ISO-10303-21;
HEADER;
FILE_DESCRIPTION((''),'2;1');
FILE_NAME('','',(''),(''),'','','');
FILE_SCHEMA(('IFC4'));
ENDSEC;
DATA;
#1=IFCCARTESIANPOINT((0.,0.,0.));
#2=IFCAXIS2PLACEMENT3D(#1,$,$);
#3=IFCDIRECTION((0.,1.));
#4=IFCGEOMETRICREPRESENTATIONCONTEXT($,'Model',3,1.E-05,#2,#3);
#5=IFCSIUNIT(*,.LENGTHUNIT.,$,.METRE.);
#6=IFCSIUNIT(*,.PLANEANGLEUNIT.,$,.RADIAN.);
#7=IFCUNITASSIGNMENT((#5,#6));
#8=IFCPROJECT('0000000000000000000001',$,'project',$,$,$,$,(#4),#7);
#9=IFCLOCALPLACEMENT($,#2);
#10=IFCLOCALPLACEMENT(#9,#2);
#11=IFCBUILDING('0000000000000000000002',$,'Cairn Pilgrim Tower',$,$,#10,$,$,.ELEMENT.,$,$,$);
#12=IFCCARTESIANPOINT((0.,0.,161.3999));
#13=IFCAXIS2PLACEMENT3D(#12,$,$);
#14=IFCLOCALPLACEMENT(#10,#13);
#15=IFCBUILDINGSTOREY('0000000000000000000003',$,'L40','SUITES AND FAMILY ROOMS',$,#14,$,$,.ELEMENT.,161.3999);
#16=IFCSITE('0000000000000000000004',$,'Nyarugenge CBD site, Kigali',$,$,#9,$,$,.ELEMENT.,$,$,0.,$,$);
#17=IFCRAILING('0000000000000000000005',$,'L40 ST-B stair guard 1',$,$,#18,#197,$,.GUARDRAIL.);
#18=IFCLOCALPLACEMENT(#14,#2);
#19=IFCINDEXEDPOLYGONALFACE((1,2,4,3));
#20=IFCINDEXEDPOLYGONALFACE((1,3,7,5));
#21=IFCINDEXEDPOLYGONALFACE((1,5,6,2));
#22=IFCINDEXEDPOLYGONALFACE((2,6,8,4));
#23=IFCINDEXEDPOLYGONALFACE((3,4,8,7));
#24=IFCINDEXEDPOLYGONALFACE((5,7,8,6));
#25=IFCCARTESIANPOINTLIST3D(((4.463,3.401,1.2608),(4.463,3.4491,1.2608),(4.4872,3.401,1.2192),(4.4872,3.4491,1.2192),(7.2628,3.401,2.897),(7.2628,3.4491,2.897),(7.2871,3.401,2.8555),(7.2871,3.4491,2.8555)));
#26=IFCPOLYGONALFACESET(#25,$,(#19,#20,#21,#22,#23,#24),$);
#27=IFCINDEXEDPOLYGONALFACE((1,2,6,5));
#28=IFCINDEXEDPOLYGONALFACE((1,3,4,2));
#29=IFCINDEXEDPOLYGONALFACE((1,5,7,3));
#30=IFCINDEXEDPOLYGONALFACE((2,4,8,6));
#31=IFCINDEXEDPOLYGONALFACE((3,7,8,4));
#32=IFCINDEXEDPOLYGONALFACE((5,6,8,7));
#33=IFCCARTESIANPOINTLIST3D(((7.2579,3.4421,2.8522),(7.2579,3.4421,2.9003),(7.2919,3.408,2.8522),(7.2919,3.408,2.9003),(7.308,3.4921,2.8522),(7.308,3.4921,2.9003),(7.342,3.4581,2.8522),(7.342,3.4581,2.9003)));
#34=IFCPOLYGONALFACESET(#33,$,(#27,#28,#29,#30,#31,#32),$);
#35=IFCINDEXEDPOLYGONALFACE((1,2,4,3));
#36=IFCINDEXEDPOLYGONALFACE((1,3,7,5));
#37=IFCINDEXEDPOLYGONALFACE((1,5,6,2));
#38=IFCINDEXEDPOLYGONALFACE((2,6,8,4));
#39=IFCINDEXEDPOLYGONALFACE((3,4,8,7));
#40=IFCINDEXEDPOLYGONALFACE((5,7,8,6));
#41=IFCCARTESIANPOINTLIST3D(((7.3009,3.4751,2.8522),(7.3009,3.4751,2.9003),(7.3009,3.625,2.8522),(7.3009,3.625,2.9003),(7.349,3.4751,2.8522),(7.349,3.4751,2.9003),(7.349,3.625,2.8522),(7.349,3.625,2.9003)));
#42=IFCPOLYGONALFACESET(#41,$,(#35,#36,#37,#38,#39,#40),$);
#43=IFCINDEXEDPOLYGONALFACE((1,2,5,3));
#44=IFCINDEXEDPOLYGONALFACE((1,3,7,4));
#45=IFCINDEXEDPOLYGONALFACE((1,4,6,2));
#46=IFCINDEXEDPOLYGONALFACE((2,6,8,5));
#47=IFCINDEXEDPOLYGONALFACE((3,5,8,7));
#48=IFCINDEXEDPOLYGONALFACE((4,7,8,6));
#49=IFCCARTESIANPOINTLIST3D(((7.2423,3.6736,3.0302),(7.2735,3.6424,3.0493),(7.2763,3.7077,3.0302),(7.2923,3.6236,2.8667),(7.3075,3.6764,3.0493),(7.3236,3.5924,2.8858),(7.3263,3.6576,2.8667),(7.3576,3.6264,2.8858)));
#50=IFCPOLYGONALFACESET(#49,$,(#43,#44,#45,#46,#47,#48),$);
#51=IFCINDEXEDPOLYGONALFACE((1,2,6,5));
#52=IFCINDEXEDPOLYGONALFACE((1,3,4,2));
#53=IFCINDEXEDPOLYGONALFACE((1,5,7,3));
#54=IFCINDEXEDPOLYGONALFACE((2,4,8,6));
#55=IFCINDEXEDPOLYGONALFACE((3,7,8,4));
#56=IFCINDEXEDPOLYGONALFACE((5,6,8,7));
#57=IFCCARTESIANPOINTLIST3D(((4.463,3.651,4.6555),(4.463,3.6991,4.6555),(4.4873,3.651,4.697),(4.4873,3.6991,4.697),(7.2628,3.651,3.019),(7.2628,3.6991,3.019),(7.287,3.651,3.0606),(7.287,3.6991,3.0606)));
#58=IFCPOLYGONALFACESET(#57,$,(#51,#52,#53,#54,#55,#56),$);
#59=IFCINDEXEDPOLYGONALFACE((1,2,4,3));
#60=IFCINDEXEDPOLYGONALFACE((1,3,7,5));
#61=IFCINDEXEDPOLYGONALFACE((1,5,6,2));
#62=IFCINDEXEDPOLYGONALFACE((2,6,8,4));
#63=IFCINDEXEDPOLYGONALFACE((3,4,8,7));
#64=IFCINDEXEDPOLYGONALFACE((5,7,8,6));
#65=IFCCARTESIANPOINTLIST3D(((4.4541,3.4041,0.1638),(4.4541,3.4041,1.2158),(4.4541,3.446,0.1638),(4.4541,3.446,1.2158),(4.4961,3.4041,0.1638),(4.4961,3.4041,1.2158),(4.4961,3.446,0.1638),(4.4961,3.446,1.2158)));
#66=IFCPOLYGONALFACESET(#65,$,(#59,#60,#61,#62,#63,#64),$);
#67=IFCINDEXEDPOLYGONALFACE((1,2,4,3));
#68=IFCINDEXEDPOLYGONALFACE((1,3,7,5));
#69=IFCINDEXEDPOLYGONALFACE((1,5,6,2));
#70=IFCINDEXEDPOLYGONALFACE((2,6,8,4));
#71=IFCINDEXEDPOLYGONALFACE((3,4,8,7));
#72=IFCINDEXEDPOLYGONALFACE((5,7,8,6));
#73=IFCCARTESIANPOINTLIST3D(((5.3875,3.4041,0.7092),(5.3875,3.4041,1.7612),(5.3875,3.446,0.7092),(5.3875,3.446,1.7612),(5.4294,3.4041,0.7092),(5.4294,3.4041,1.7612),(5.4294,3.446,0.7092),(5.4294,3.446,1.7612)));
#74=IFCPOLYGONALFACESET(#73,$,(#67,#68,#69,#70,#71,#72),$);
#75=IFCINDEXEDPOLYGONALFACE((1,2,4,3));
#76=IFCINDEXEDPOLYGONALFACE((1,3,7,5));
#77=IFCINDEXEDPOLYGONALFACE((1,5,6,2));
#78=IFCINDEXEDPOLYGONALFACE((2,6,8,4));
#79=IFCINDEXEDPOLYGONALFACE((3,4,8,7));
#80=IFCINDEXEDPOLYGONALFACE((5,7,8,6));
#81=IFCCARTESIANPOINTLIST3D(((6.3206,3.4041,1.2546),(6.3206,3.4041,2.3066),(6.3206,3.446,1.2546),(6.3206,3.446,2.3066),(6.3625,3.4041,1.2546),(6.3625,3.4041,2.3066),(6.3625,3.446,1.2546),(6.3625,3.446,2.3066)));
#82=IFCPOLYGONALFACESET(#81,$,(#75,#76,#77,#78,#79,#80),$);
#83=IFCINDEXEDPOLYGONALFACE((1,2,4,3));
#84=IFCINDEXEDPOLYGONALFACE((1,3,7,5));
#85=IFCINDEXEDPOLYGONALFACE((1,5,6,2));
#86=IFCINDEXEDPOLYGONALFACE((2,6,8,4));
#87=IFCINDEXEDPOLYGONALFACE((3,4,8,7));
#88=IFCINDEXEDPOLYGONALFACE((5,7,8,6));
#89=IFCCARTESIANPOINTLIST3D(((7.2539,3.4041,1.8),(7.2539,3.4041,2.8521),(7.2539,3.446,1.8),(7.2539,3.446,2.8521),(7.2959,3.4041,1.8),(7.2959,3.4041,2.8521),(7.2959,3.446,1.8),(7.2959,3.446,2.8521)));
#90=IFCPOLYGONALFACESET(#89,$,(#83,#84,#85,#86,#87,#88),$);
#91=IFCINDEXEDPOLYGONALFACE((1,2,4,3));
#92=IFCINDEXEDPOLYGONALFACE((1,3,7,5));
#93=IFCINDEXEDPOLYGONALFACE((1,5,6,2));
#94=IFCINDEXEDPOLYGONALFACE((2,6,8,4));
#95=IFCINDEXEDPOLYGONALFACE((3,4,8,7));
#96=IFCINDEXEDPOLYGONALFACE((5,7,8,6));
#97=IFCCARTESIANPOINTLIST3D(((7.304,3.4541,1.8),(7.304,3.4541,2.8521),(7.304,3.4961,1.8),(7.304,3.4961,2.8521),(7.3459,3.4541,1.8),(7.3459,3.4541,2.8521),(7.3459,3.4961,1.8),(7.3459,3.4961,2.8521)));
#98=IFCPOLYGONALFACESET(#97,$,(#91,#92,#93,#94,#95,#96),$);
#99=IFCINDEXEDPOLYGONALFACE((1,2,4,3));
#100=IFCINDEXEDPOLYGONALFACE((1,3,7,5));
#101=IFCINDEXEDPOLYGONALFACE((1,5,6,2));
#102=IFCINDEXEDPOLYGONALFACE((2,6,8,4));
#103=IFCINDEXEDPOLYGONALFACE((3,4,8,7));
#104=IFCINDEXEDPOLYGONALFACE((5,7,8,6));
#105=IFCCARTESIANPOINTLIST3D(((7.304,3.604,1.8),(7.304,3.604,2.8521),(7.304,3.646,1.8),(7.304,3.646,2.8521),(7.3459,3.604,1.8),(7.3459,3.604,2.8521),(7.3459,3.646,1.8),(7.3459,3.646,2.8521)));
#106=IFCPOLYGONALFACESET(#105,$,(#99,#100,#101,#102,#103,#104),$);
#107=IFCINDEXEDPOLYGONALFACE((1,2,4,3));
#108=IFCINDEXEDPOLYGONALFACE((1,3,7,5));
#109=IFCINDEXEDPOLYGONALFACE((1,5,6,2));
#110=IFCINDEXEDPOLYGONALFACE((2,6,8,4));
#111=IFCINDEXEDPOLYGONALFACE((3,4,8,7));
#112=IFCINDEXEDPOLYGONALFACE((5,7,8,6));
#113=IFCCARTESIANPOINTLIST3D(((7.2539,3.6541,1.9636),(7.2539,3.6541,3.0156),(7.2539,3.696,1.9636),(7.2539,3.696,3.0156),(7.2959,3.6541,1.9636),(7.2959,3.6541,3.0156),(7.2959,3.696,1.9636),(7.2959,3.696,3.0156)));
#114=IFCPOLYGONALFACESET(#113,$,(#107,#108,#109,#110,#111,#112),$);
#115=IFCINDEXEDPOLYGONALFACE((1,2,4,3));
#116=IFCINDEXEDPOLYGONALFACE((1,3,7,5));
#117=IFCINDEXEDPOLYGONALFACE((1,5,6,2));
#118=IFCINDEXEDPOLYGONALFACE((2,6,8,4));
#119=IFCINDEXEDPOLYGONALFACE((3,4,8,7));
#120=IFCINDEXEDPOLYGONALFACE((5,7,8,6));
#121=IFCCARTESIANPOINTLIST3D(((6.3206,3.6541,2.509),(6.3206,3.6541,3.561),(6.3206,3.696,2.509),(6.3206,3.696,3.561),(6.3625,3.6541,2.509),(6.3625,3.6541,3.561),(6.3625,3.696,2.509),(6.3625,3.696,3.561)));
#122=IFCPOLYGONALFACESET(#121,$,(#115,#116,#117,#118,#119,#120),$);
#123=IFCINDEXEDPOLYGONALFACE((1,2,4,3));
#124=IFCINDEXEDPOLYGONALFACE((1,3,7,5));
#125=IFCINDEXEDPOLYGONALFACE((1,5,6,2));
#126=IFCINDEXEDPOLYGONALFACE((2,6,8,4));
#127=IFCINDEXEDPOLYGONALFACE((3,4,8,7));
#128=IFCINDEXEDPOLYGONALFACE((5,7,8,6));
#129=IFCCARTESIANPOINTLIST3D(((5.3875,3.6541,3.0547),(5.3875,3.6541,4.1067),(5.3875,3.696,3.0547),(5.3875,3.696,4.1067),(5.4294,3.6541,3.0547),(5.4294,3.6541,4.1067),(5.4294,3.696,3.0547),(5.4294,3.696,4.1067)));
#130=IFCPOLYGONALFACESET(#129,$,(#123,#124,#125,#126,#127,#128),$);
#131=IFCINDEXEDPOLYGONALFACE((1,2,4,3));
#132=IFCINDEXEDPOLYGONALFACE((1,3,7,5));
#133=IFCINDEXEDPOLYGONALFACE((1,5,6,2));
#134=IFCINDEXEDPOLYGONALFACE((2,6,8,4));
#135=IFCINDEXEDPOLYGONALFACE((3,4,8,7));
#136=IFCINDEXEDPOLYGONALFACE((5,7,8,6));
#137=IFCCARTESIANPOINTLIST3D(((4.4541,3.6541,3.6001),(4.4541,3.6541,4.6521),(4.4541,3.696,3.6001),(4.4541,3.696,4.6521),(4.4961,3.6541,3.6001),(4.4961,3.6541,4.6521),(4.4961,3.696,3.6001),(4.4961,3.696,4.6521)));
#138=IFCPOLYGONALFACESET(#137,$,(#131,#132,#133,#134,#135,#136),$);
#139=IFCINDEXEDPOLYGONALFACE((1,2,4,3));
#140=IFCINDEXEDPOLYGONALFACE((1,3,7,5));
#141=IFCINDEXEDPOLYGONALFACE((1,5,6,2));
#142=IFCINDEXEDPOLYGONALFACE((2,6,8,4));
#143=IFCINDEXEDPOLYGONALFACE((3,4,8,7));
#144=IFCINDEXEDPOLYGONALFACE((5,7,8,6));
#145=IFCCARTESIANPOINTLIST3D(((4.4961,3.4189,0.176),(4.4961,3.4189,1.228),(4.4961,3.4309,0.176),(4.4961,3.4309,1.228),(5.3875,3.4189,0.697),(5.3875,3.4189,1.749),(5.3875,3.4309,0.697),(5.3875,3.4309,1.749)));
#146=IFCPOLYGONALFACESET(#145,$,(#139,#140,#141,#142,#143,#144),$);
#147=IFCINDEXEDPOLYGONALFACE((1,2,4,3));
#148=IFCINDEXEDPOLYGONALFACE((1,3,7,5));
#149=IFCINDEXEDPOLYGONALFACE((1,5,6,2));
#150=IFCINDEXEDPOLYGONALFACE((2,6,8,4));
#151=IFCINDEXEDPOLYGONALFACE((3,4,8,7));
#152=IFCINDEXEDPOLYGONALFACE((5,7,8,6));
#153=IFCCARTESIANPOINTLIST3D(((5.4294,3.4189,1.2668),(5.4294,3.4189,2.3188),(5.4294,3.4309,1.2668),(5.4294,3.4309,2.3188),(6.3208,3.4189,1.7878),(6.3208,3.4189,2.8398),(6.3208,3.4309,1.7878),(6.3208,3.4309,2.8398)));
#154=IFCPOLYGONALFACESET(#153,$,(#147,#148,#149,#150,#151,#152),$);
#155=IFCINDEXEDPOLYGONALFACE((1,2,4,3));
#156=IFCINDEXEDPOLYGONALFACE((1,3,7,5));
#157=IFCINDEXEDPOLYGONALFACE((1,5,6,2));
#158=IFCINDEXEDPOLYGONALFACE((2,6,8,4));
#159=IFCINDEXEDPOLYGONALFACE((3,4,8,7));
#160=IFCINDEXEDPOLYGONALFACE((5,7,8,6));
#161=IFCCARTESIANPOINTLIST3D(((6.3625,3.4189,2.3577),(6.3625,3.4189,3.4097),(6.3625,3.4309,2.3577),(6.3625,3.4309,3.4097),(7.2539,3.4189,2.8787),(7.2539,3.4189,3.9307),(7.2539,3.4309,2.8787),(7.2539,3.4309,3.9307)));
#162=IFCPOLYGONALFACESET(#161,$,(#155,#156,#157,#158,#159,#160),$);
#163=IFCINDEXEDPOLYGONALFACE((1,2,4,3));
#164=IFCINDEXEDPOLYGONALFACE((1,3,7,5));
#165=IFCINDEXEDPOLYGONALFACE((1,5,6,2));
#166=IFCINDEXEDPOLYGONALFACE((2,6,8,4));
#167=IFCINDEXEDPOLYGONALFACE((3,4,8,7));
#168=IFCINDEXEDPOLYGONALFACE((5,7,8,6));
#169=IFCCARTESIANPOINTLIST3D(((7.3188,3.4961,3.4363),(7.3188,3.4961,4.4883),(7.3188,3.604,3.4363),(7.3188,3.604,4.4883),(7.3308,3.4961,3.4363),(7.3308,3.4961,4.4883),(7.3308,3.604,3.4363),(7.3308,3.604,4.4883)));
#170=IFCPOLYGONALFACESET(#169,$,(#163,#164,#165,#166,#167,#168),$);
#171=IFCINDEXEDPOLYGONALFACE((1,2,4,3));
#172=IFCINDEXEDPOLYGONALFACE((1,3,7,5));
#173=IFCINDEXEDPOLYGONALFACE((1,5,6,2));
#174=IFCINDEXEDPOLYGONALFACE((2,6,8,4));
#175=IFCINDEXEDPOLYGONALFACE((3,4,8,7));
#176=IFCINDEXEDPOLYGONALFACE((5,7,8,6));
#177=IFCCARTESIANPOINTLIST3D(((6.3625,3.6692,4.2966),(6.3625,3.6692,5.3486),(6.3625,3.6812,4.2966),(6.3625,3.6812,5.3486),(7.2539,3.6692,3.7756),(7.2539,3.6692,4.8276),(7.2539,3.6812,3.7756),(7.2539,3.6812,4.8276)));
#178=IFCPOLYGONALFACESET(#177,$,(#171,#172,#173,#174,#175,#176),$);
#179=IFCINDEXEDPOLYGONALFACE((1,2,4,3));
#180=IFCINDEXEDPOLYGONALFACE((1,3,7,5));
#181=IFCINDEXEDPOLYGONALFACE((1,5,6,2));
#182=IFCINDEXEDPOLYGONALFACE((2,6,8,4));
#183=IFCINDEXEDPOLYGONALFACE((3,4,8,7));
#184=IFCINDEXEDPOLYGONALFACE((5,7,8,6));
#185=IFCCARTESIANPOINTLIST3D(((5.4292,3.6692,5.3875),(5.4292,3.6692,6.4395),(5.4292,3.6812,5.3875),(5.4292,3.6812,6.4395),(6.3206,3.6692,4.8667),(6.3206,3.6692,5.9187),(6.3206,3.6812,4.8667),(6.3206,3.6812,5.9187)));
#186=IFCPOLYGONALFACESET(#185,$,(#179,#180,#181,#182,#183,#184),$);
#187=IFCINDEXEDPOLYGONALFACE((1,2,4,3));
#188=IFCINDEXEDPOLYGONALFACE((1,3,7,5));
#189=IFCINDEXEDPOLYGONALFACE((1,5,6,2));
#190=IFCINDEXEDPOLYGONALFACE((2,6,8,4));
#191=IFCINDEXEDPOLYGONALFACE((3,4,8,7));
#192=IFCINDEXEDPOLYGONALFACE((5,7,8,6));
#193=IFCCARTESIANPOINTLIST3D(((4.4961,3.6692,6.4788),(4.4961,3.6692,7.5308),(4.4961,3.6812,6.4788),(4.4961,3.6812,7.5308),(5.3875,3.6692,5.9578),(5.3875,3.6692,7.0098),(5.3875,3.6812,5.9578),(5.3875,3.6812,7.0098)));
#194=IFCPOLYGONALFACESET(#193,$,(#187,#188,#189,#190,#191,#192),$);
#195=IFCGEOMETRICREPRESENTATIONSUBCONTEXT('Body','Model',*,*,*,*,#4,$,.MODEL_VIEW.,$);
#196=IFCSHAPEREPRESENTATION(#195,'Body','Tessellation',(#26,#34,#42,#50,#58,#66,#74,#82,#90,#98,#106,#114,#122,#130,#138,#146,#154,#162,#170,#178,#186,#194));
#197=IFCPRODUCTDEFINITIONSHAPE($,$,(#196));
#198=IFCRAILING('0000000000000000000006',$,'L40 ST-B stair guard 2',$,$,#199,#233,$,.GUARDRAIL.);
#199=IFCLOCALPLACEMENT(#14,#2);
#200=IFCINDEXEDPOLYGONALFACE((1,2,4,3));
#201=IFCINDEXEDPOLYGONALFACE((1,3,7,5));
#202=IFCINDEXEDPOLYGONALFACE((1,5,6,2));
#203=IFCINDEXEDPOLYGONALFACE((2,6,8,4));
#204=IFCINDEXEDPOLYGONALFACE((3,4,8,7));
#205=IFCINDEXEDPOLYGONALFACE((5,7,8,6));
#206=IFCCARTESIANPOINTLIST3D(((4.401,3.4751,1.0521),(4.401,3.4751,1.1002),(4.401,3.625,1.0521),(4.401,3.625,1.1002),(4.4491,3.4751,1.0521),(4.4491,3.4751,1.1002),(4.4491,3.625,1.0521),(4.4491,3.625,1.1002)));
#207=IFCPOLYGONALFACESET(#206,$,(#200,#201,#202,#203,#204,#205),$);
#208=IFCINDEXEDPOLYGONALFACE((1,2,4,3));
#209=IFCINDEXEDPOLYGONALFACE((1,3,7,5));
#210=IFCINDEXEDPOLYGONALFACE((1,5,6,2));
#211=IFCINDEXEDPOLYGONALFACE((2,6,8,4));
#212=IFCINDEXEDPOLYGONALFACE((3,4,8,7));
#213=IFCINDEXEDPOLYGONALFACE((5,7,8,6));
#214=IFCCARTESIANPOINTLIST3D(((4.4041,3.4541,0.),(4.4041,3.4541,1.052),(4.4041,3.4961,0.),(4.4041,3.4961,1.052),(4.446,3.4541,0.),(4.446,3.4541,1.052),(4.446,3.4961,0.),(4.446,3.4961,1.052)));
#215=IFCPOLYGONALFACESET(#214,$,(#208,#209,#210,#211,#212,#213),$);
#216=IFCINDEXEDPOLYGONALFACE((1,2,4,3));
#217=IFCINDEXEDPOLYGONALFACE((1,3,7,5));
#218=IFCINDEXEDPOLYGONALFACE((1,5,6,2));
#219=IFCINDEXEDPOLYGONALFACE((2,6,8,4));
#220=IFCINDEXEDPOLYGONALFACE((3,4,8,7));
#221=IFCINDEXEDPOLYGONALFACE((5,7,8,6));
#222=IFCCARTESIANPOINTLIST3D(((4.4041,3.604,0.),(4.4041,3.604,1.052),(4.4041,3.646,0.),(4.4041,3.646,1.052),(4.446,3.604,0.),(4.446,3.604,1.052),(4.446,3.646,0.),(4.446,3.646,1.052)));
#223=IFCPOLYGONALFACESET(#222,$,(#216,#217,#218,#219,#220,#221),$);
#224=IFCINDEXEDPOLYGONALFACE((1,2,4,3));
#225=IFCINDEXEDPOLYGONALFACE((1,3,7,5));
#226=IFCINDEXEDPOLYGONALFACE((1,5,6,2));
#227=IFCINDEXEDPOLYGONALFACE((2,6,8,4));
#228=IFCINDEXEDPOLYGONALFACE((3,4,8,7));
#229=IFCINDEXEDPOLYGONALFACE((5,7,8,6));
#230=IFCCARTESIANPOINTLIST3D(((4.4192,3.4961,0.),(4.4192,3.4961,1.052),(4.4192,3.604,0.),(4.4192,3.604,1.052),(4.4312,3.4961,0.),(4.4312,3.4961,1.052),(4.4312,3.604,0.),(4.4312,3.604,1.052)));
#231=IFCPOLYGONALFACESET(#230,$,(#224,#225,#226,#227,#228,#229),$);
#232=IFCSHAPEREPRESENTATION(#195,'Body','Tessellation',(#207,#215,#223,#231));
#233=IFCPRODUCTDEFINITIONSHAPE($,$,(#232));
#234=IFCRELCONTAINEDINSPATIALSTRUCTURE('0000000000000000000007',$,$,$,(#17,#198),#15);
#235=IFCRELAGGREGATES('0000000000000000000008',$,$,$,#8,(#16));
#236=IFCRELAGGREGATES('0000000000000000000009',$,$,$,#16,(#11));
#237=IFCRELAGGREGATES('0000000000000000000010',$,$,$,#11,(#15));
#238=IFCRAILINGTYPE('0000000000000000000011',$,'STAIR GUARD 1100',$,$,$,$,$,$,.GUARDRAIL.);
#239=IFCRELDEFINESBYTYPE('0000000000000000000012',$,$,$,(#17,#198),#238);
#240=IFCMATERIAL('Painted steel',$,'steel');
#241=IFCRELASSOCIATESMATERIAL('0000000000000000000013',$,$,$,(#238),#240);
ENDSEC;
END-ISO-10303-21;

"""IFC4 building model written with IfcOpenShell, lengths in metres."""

from ifc_helpers import new_model, si_unit, direction, frame, origin, origin_2d, place, context, subcontext, project, spatial, polyline, rectangle, outline, extrude, material, type_object, element, save


model = new_model("IFC4")

# Units and contexts
model_context = context("Model", 3, precision=1e-05, world=origin(), true_north=direction((0.0, 1.0)))
body_context = subcontext(model_context, "Body", "Model", "MODEL_VIEW")
ifc_project = project(units=[si_unit("LENGTHUNIT", "METRE"), si_unit("PLANEANGLEUNIT", "RADIAN")], contexts=[model_context])

# Site, building, storey
site_placement = place(None, origin())
site = spatial("IfcSite", under=ifc_project, at=site_placement, Name="Nyarugenge CBD site, Kigali", CompositionType="ELEMENT", RefElevation=0.0)
building_placement = place(site_placement, origin())
building = spatial("IfcBuilding", under=site, at=building_placement, Name="Cairn Pilgrim Tower", CompositionType="ELEMENT")
storey_placement = place(building_placement, frame((0.0, 0.0, 161.3999)))
storey = spatial("IfcBuildingStorey", under=building, at=storey_placement, Name="L40", Description="SUITES AND FAMILY ROOMS", CompositionType="ELEMENT", Elevation=161.3999)

# Shared definitions
ifc_material_1 = material(Name="Painted steel", Category="steel")

# Railings
railing_type_1 = type_object("IfcRailingType", Name="STAIR GUARD 1100", PredefinedType="GUARDRAIL", material=ifc_material_1)
railing_1_placement = place(storey_placement, frame((4.4751, 3.425, 0.1638)))
element("IfcRailing", 1, at=railing_1_placement, inside=storey, type_object=railing_type_1, Name="L40 ST-B stair guard 1", PredefinedType="GUARDRAIL", context=body_context, shape_type="SweptSolid", body=[
    extrude(rectangle(XDim=0.0481, YDim=0.0481, at=origin_2d()), frame((0.0, 0.0, 1.0762), z_axis=(0.863374, 0.0, 0.504564), x_axis=(0.0, 1.0, 0.0)), (0.0, 0.0, 1.0), 3.2429),
    extrude(rectangle(XDim=0.0481, YDim=0.0481, at=origin_2d()), frame((2.7998, 0.0, 2.7124), z_axis=(0.707107, 0.707107, 0.0), x_axis=(-0.707107, 0.707107, 0.0)), (0.0, 0.0, 1.0), 0.0708),
    extrude(rectangle(XDim=0.0481, YDim=0.0481, at=origin_2d()), frame((2.8499, 0.05, 2.7124), z_axis=(0.0, 1.0, 0.0), x_axis=(-1.0, 0.0, 0.0)), (0.0, 0.0, 1.0), 0.1499),
    extrude(rectangle(XDim=0.0481, YDim=0.0481, at=origin_2d()), frame((2.8499, 0.2, 2.7124), z_axis=(-0.280809, 0.280809, 0.917765), x_axis=(-0.707107, -0.707107, 0.0)), (0.0, 0.0, 1.0), 0.1782),
    extrude(rectangle(XDim=0.0481, YDim=0.0481, at=origin_2d()), frame((2.7998, 0.25, 2.876), z_axis=(-0.863342, 0.0, 0.50462), x_axis=(0.0, -1.0, 0.0)), (0.0, 0.0, 1.0), 3.2429),
    extrude(rectangle(XDim=0.042, YDim=0.042, at=origin_2d()), origin(), (0.0, 0.0, 1.0), 1.052),
    extrude(rectangle(XDim=0.042, YDim=0.042, at=origin_2d()), frame((0.9333, 0.0, 0.5454)), (0.0, 0.0, 1.0), 1.052),
    extrude(rectangle(XDim=0.042, YDim=0.042, at=origin_2d()), frame((1.8665, 0.0, 1.0908)), (0.0, 0.0, 1.0), 1.052),
    extrude(rectangle(XDim=0.042, YDim=0.042, at=origin_2d()), frame((2.7998, 0.0, 1.6362)), (0.0, 0.0, 1.0), 1.052),
    extrude(rectangle(XDim=0.042, YDim=0.042, at=origin_2d()), frame((2.8499, 0.05, 1.6362)), (0.0, 0.0, 1.0), 1.052),
    extrude(rectangle(XDim=0.042, YDim=0.042, at=origin_2d()), frame((2.8499, 0.2, 1.6362)), (0.0, 0.0, 1.0), 1.052),
    extrude(rectangle(XDim=0.042, YDim=0.042, at=origin_2d()), frame((2.7998, 0.25, 1.7998)), (0.0, 0.0, 1.0), 1.052),
    extrude(rectangle(XDim=0.042, YDim=0.042, at=origin_2d()), frame((1.8665, 0.25, 2.3452)), (0.0, 0.0, 1.0), 1.052),
    extrude(rectangle(XDim=0.042, YDim=0.042, at=origin_2d()), frame((0.9333, 0.25, 2.8909)), (0.0, 0.0, 1.0), 1.052),
    extrude(rectangle(XDim=0.042, YDim=0.042, at=origin_2d()), frame((0.0, 0.25, 3.4363)), (0.0, 0.0, 1.0), 1.052),
    extrude(outline(polyline([(0.021, 0.0122), (0.9124, 0.5332), (0.9124, 1.5852), (0.021, 1.0642), (0.021, 0.0122)])), frame((0.0, 0.0059, 0.0), z_axis=(0.0, -1.0, 0.0), x_axis=(1.0, 0.0, 0.0)), (0.0, 0.0, 1.0), 0.012),
    extrude(outline(polyline([(0.021, 0.5576), (0.9124, 1.0786), (0.9124, 2.1306), (0.021, 1.6096), (0.021, 0.5576)])), frame((0.9333, 0.0059, 0.5454), z_axis=(0.0, -1.0, 0.0), x_axis=(1.0, 0.0, 0.0)), (0.0, 0.0, 1.0), 0.012),
    extrude(outline(polyline([(0.021, 1.103), (0.9124, 1.624), (0.9124, 2.676), (0.021, 2.155), (0.021, 1.103)])), frame((1.8665, 0.0059, 1.0908), z_axis=(0.0, -1.0, 0.0), x_axis=(1.0, 0.0, 0.0)), (0.0, 0.0, 1.0), 0.012),
    extrude(outline(polyline([(0.021, 1.6362), (0.1289, 1.6362), (0.1289, 2.6882), (0.021, 2.6882), (0.021, 1.6362)])), frame((2.8438, 0.05, 1.6362), z_axis=(1.0, 0.0, 0.0), x_axis=(0.0, 1.0, 0.0)), (0.0, 0.0, 1.0), 0.012),
    extrude(outline(polyline([(0.021, 1.812), (0.9124, 2.333), (0.9124, 3.385), (0.021, 2.864), (0.021, 1.812)])), frame((2.7998, 0.2441, 1.7998), z_axis=(0.0, 1.0, 0.0), x_axis=(-1.0, 0.0, 0.0)), (0.0, 0.0, 1.0), 0.012),
    extrude(outline(polyline([(0.021, 2.3577), (0.9124, 2.8784), (0.9124, 3.9304), (0.021, 3.4097), (0.021, 2.3577)])), frame((1.8665, 0.2441, 2.3452), z_axis=(0.0, 1.0, 0.0), x_axis=(-1.0, 0.0, 0.0)), (0.0, 0.0, 1.0), 0.012),
    extrude(outline(polyline([(0.021, 2.9031), (0.9124, 3.4241), (0.9124, 4.4761), (0.021, 3.9551), (0.021, 2.9031)])), frame((0.9333, 0.2441, 2.8909), z_axis=(0.0, 1.0, 0.0), x_axis=(-1.0, 0.0, 0.0)), (0.0, 0.0, 1.0), 0.012),
])
railing_2_placement = place(storey_placement, frame((4.425, 3.4751, 0.0)))
element("IfcRailing", 2, at=railing_2_placement, inside=storey, type_object=railing_type_1, Name="L40 ST-B stair guard 2", PredefinedType="GUARDRAIL", context=body_context, shape_type="SweptSolid", body=[
    extrude(rectangle(XDim=0.0481, YDim=0.0481, at=origin_2d()), frame((0.0, 0.0, 1.0762), z_axis=(0.0, 1.0, 0.0), x_axis=(-1.0, 0.0, 0.0)), (0.0, 0.0, 1.0), 0.1499),
    extrude(rectangle(XDim=0.042, YDim=0.042, at=origin_2d()), origin(), (0.0, 0.0, 1.0), 1.052),
    extrude(rectangle(XDim=0.042, YDim=0.042, at=origin_2d()), frame((0.0, 0.1499, 0.0)), (0.0, 0.0, 1.0), 1.052),
    extrude(outline(polyline([(0.021, 0.0), (0.1289, 0.0), (0.1289, 1.052), (0.021, 1.052), (0.021, 0.0)])), frame((-0.0059, 0.0, 0.0), z_axis=(1.0, 0.0, 0.0), x_axis=(0.0, 1.0, 0.0)), (0.0, 0.0, 1.0), 0.012),
])

save(model, "model.ifc")
